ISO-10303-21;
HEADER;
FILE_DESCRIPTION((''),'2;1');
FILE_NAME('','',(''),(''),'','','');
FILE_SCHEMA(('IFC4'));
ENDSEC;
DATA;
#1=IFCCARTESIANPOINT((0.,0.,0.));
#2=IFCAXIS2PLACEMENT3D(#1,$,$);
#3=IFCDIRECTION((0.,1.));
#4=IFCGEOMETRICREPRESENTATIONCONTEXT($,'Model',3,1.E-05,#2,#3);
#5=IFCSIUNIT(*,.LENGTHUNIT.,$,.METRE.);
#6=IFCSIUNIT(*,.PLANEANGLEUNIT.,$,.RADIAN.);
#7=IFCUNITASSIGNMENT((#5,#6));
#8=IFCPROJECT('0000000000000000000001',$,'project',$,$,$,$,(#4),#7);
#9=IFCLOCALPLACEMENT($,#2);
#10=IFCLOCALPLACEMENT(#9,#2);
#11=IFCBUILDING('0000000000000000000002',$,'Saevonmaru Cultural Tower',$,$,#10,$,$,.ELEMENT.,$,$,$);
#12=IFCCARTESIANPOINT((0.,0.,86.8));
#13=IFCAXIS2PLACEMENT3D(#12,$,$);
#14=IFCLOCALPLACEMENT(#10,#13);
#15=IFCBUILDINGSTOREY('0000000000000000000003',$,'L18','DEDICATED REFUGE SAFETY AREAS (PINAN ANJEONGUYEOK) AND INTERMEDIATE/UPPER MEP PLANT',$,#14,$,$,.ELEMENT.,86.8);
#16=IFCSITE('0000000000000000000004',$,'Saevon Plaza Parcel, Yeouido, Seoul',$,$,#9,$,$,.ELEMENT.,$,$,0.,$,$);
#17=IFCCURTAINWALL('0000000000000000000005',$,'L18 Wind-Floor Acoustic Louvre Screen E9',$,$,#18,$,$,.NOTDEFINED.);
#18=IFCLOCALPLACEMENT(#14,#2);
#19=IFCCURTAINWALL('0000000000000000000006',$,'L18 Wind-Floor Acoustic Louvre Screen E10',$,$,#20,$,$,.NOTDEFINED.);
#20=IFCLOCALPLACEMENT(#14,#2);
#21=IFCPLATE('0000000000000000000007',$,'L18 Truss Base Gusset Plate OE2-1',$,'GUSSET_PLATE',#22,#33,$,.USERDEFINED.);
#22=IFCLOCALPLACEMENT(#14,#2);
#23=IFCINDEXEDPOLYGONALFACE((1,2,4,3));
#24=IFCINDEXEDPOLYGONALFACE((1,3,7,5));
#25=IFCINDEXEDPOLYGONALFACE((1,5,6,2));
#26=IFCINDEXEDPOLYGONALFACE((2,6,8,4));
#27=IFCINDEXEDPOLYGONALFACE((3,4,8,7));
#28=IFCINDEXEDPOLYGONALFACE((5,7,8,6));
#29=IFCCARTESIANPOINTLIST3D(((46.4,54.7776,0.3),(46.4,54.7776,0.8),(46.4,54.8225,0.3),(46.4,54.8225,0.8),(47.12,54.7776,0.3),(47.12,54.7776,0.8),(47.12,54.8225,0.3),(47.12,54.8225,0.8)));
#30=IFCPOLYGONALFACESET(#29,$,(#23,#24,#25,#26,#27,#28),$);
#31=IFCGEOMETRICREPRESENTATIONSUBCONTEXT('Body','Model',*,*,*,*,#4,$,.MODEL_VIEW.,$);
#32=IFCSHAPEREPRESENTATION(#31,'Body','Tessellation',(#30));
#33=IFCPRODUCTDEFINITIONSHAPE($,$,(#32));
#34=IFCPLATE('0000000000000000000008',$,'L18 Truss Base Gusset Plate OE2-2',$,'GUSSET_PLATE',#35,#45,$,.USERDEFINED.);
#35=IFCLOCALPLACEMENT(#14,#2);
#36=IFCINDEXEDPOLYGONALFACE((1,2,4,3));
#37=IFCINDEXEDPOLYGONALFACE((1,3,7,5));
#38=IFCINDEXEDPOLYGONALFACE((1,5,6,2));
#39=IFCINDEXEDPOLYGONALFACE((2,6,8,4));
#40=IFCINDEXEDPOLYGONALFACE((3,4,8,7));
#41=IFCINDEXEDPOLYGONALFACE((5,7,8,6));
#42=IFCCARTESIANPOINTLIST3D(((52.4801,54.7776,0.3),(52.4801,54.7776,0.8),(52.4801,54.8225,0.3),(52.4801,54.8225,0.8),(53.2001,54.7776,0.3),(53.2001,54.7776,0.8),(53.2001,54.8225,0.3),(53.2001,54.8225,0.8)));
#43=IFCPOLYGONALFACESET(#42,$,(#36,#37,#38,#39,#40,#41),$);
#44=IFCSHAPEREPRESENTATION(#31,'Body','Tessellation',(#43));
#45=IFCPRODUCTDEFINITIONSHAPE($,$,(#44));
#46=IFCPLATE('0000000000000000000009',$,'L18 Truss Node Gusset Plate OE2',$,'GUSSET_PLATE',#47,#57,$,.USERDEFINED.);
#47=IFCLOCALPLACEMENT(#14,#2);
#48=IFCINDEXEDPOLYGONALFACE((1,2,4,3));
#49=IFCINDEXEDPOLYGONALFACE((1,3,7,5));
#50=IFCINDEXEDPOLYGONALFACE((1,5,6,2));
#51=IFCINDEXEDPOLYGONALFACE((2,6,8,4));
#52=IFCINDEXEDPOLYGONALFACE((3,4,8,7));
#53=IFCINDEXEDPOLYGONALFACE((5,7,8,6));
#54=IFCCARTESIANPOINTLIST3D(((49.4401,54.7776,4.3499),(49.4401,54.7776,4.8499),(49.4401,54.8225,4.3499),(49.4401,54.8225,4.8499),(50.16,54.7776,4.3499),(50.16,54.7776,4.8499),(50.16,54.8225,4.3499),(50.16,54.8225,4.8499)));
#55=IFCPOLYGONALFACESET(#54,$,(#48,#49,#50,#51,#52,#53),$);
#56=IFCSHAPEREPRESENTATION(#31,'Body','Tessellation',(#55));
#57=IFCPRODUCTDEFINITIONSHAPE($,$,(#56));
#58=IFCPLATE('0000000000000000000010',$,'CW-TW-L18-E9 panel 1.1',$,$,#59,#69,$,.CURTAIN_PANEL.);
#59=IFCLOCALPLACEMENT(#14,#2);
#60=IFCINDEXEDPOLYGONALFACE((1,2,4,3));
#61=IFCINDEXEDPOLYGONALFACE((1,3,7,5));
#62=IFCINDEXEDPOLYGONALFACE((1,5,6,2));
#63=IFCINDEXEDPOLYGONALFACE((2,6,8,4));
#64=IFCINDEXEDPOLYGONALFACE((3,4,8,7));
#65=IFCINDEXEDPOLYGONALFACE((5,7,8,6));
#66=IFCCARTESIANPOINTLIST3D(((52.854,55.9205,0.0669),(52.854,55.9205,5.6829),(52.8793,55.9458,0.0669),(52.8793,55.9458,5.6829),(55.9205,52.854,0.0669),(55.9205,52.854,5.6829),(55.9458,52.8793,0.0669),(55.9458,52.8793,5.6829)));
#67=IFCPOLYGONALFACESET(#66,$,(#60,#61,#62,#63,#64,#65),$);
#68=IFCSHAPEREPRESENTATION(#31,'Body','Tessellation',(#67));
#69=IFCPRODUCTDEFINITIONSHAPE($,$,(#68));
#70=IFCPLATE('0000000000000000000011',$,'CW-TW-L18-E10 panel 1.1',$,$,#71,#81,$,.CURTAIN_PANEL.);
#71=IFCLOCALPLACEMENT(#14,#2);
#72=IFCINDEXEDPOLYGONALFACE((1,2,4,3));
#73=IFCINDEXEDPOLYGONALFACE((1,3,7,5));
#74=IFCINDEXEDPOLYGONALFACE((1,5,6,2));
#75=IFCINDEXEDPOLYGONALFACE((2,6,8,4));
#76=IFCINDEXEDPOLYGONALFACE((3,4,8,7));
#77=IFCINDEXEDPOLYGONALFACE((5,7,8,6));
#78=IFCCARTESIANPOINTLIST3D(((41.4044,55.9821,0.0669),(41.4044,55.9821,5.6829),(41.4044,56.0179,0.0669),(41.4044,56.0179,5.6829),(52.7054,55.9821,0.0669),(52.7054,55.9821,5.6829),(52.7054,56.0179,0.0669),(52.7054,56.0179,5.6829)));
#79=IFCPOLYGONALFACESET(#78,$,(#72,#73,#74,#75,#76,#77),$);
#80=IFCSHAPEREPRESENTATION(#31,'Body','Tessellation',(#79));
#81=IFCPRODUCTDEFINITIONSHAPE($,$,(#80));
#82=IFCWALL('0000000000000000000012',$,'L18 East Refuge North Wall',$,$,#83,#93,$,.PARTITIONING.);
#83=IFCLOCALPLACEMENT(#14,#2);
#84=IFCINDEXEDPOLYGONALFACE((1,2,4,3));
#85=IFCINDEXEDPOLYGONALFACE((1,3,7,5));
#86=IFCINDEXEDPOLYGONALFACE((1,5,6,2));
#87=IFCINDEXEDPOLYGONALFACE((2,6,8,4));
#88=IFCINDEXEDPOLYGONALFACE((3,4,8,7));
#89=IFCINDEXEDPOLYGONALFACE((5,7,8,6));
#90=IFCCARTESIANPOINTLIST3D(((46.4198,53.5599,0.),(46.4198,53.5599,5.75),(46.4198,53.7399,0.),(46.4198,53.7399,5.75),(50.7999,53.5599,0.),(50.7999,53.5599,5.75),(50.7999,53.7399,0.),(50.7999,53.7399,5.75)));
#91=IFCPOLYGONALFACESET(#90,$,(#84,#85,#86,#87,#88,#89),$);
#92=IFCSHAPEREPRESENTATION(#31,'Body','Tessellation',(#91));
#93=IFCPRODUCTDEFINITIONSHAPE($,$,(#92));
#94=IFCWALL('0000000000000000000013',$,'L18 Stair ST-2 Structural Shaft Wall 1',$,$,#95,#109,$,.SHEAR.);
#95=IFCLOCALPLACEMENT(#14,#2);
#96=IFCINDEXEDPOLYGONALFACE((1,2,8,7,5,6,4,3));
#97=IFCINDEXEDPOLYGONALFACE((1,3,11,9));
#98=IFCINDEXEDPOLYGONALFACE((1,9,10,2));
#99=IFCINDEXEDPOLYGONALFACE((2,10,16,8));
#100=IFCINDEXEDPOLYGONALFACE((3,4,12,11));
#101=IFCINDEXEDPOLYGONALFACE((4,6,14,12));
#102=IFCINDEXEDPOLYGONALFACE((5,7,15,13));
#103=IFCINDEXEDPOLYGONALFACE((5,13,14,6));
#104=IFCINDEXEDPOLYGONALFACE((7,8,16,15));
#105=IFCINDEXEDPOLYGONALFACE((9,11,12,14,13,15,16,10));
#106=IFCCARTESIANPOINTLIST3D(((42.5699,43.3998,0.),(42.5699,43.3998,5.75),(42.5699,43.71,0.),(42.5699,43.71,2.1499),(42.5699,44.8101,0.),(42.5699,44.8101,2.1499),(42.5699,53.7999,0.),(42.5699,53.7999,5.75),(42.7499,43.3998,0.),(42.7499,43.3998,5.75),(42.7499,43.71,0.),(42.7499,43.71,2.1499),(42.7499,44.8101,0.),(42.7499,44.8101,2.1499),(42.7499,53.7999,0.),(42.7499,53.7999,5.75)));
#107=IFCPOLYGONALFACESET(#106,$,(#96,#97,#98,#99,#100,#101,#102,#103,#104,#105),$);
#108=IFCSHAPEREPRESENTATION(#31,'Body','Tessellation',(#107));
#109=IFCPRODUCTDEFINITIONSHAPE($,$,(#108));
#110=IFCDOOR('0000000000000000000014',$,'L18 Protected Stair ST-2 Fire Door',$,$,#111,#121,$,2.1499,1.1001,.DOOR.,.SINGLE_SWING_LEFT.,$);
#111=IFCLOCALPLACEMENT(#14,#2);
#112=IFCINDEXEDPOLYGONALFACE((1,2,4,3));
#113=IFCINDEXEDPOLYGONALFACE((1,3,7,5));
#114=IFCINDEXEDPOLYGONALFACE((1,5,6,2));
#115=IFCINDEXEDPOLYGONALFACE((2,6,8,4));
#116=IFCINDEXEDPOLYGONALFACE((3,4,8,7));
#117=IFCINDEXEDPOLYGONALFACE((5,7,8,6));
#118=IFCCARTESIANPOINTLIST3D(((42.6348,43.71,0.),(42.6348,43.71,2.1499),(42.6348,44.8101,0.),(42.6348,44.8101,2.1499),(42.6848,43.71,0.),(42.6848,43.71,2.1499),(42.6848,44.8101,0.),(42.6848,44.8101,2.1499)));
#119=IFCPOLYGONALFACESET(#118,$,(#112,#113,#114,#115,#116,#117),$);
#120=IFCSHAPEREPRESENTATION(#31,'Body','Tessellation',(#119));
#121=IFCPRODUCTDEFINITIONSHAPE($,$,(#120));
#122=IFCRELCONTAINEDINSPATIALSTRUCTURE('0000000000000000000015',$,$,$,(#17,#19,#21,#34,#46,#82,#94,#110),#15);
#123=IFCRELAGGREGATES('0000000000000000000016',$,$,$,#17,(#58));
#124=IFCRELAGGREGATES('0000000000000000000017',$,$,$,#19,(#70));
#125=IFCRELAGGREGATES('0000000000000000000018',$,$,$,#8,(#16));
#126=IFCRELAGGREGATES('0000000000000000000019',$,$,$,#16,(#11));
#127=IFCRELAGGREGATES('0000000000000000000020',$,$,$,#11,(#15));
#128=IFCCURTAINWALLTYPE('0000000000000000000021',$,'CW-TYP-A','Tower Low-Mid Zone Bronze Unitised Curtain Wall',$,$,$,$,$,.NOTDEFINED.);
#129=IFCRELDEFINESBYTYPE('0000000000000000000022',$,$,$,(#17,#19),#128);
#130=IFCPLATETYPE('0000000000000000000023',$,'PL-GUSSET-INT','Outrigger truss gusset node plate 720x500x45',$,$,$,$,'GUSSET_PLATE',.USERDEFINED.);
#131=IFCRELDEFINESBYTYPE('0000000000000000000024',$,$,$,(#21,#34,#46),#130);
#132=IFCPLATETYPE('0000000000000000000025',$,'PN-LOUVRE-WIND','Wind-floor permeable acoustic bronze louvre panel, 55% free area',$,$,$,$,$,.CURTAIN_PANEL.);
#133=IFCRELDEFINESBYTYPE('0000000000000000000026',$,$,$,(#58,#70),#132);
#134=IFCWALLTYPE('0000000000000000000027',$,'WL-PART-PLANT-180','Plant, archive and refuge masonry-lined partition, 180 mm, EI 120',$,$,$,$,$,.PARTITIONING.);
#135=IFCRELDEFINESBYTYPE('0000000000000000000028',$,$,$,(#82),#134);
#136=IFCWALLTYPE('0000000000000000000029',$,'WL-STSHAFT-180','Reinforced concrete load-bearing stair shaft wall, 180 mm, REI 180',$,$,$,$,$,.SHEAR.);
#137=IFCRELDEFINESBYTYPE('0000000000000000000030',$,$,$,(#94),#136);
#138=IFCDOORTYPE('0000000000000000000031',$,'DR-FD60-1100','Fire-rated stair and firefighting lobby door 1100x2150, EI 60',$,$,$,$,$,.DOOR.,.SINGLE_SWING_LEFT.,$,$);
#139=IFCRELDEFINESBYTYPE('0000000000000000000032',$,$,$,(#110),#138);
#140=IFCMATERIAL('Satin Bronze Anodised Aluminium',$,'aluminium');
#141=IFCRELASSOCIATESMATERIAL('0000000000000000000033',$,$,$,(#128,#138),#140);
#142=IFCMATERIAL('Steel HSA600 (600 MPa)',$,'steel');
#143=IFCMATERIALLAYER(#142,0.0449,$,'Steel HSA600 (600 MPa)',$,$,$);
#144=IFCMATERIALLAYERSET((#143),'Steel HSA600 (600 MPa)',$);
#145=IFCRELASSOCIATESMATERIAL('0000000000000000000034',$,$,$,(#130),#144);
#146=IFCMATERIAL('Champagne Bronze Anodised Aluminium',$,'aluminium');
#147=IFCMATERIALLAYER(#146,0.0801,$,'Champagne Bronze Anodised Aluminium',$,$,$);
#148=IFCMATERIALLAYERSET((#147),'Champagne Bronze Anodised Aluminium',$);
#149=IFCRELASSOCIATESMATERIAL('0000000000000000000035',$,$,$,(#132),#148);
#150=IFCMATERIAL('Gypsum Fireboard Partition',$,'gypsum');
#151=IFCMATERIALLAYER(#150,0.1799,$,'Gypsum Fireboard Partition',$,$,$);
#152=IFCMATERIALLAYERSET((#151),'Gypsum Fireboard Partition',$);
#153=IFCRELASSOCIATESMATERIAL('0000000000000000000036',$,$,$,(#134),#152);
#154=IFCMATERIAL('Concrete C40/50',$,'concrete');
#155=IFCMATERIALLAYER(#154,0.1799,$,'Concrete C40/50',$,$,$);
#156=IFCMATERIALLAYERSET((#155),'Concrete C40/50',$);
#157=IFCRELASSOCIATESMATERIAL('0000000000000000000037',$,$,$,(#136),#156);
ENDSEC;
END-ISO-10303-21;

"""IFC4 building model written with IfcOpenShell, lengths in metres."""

from ifc_helpers import new_model, si_unit, direction, frame, frame_2d, origin, origin_2d, place, context, subcontext, project, spatial, rectangle, extrude, material, layer, layer_set, type_object, element, fill, aggregate, save


model = new_model("IFC4")

# Units and contexts
model_context = context("Model", 3, precision=1e-05, world=origin(), true_north=direction((0.0, 1.0)))
body_context = subcontext(model_context, "Body", "Model", "MODEL_VIEW")
ifc_project = project(units=[si_unit("LENGTHUNIT", "METRE"), si_unit("PLANEANGLEUNIT", "RADIAN")], contexts=[model_context])

# Site, building, storey
site_placement = place(None, origin())
site = spatial("IfcSite", under=ifc_project, at=site_placement, Name="Saevon Plaza Parcel, Yeouido, Seoul", CompositionType="ELEMENT", RefElevation=0.0)
building_placement = place(site_placement, origin())
building = spatial("IfcBuilding", under=site, at=building_placement, Name="Saevonmaru Cultural Tower", CompositionType="ELEMENT")
storey_placement = place(building_placement, frame((0.0, 0.0, 86.8)))
storey = spatial("IfcBuildingStorey", under=building, at=storey_placement, Name="L18", Description="DEDICATED REFUGE SAFETY AREAS (PINAN ANJEONGUYEOK) AND INTERMEDIATE/UPPER MEP PLANT", CompositionType="ELEMENT", Elevation=86.8)

# Shared definitions
ifc_material_1 = material(Name="Steel HSA600 (600 MPa)", Category="steel")

# Shared definitions
ifc_material_2 = material(Name="Satin Bronze Anodised Aluminium", Category="aluminium")
curtain_wall_type = type_object("IfcCurtainWallType", Name="CW-TYP-A", Description="Tower Low-Mid Zone Bronze Unitised Curtain Wall", PredefinedType="NOTDEFINED", material=ifc_material_2)

# Curtain wall
curtain_wall_1_placement = place(storey_placement, origin())
curtain_wall_1 = element("IfcCurtainWall", 1, at=curtain_wall_1_placement, inside=storey, type_object=curtain_wall_type, Name="L18 Wind-Floor Acoustic Louvre Screen E9", PredefinedType="NOTDEFINED")

# Curtain wall
curtain_wall_2_placement = place(storey_placement, origin())
curtain_wall_2 = element("IfcCurtainWall", 2, at=curtain_wall_2_placement, inside=storey, type_object=curtain_wall_type, Name="L18 Wind-Floor Acoustic Louvre Screen E10", PredefinedType="NOTDEFINED")

# Plates
ifc_layer_1 = layer(ifc_material_1, 0.0449, Name="Steel HSA600 (600 MPa)")
ifc_layer_set_1 = layer_set([ifc_layer_1], Name="Steel HSA600 (600 MPa)")
plate_type_1 = type_object("IfcPlateType", Name="PL-GUSSET-INT", Description="Outrigger truss gusset node plate 720x500x45", ElementType="GUSSET_PLATE", PredefinedType="USERDEFINED", material=ifc_layer_set_1)
for number, where, z_axis, x_axis, name in (
    (3, (46.76, 54.8, 0.3), (0.0, 0.0, 1.0), (1.0, 0.0, 0.0), "L18 Truss Base Gusset Plate OE2-1"),
    (4, (52.8401, 54.8, 0.3), (0.0, 0.0, 1.0), (1.0, 0.0, 0.0), "L18 Truss Base Gusset Plate OE2-2"),
    (5, (49.8, 54.8, 4.3499), (0.0, 0.0, 1.0), (1.0, 0.0, 0.0), "L18 Truss Node Gusset Plate OE2"),
):
    element("IfcPlate", number, at=place(storey_placement, frame(where, z_axis=z_axis, x_axis=x_axis)), inside=storey, type_object=plate_type_1, Name=name, ObjectType="GUSSET_PLATE", PredefinedType="USERDEFINED", context=body_context, shape_type="SweptSolid", body=[
        extrude(rectangle(XDim=0.72, YDim=0.0449, at=origin_2d()), origin(), (0.0, 0.0, 1.0), 0.5),
    ])

# Plates
ifc_material_3 = material(Name="Champagne Bronze Anodised Aluminium", Category="aluminium")
ifc_layer_2 = layer(ifc_material_3, 0.0801, Name="Champagne Bronze Anodised Aluminium")
ifc_layer_set_2 = layer_set([ifc_layer_2], Name="Champagne Bronze Anodised Aluminium")
plate_type_2 = type_object("IfcPlateType", Name="PN-LOUVRE-WIND", Description="Wind-floor permeable acoustic bronze louvre panel, 55% free area", PredefinedType="CURTAIN_PANEL", material=ifc_layer_set_2)
plate_1_placement = place(storey_placement, frame((54.3999, 54.3999, 0.0669), z_axis=(0.0, 0.0, 1.0), x_axis=(-0.707107, 0.707107, 0.0)))
plate_1 = element("IfcPlate", 6, at=plate_1_placement, type_object=plate_type_2, Name="CW-TW-L18-E9 panel 1.1", PredefinedType="CURTAIN_PANEL", context=body_context, shape_type="SweptSolid", body=[
    extrude(rectangle(XDim=4.3367, YDim=0.0359, at=origin_2d()), origin(), (0.0, 0.0, 1.0), 5.616),
])
aggregate(curtain_wall_1, [plate_1])
plate_2_placement = place(storey_placement, frame((47.0549, 56.0, 0.0669), z_axis=(0.0, 0.0, 1.0), x_axis=(-1.0, 0.0, 0.0)))
plate_2 = element("IfcPlate", 7, at=plate_2_placement, type_object=plate_type_2, Name="CW-TW-L18-E10 panel 1.1", PredefinedType="CURTAIN_PANEL", context=body_context, shape_type="SweptSolid", body=[
    extrude(rectangle(XDim=11.301, YDim=0.0359, at=origin_2d()), origin(), (0.0, 0.0, 1.0), 5.616),
])
aggregate(curtain_wall_2, [plate_2])

# Wall
ifc_material_4 = material(Name="Gypsum Fireboard Partition", Category="gypsum")
ifc_layer_3 = layer(ifc_material_4, 0.1799, Name="Gypsum Fireboard Partition")
ifc_layer_set_3 = layer_set([ifc_layer_3], Name="Gypsum Fireboard Partition")
wall_type_1 = type_object("IfcWallType", Name="WL-PART-PLANT-180", Description="Plant, archive and refuge masonry-lined partition, 180 mm, EI 120", PredefinedType="PARTITIONING", material=ifc_layer_set_3)
wall_1_placement = place(storey_placement, frame((46.4199, 53.6499, 0.0), z_axis=(0.0, 0.0, 1.0), x_axis=(1.0, 0.0, 0.0)))
element("IfcWall", 8, at=wall_1_placement, inside=storey, type_object=wall_type_1, Name="L18 East Refuge North Wall", PredefinedType="PARTITIONING", context=body_context, shape_type="SweptSolid", body=[
    extrude(rectangle(XDim=4.3801, YDim=0.1799, at=frame_2d((2.1899, 0.0))), origin(), (0.0, 0.0, 1.0), 5.75),
])

# Wall, opening, door
ifc_material_5 = material(Name="Concrete C40/50", Category="concrete")
ifc_layer_4 = layer(ifc_material_5, 0.1799, Name="Concrete C40/50")
ifc_layer_set_4 = layer_set([ifc_layer_4], Name="Concrete C40/50")
wall_type_2 = type_object("IfcWallType", Name="WL-STSHAFT-180", Description="Reinforced concrete load-bearing stair shaft wall, 180 mm, REI 180", PredefinedType="SHEAR", material=ifc_layer_set_4)
wall_2_placement = place(storey_placement, frame((42.6599, 53.8, 0.0), z_axis=(0.0, 0.0, 1.0), x_axis=(0.0, -1.0, 0.0)))
wall_2 = element("IfcWall", 9, at=wall_2_placement, inside=storey, type_object=wall_type_2, Name="L18 Stair ST-2 Structural Shaft Wall 1", PredefinedType="SHEAR", context=body_context, shape_type="SweptSolid", body=[
    extrude(rectangle(XDim=10.4001, YDim=0.1799, at=frame_2d((5.2002, 0.0))), origin(), (0.0, 0.0, 1.0), 5.75),
])
opening_placement = place(wall_2_placement, frame((8.99, 0.0, 0.0)))
opening = element("IfcOpeningElement", 10, at=opening_placement, cuts=wall_2, PredefinedType="OPENING", context=body_context, shape_type="SweptSolid", body=[
    extrude(rectangle(XDim=1.1001, YDim=2.1499, at=frame_2d((0.55, 1.075))), frame((0.0, 0.1001, 0.0), z_axis=(0.0, -1.0, 0.0), x_axis=(1.0, 0.0, 0.0)), (0.0, 0.0, 1.0), 0.2),
])
door_type = type_object("IfcDoorType", Name="DR-FD60-1100", Description="Fire-rated stair and firefighting lobby door 1100x2150, EI 60", OperationType="SINGLE_SWING_LEFT", PredefinedType="DOOR", material=ifc_material_2)
door_placement = place(opening_placement, origin())
door = element("IfcDoor", 11, at=door_placement, inside=storey, type_object=door_type, Name="L18 Protected Stair ST-2 Fire Door", OperationType="SINGLE_SWING_LEFT", OverallHeight=2.1499, OverallWidth=1.1001, PredefinedType="DOOR", context=body_context, shape_type="SweptSolid", body=[
    extrude(rectangle(XDim=1.1001, YDim=2.1499, at=frame_2d((0.55, 1.075))), frame((0.0, 0.0249, 0.0), z_axis=(0.0, -1.0, 0.0), x_axis=(1.0, 0.0, 0.0)), (0.0, 0.0, 1.0), 0.05),
])
fill(opening, door)

save(model, "model.ifc")
